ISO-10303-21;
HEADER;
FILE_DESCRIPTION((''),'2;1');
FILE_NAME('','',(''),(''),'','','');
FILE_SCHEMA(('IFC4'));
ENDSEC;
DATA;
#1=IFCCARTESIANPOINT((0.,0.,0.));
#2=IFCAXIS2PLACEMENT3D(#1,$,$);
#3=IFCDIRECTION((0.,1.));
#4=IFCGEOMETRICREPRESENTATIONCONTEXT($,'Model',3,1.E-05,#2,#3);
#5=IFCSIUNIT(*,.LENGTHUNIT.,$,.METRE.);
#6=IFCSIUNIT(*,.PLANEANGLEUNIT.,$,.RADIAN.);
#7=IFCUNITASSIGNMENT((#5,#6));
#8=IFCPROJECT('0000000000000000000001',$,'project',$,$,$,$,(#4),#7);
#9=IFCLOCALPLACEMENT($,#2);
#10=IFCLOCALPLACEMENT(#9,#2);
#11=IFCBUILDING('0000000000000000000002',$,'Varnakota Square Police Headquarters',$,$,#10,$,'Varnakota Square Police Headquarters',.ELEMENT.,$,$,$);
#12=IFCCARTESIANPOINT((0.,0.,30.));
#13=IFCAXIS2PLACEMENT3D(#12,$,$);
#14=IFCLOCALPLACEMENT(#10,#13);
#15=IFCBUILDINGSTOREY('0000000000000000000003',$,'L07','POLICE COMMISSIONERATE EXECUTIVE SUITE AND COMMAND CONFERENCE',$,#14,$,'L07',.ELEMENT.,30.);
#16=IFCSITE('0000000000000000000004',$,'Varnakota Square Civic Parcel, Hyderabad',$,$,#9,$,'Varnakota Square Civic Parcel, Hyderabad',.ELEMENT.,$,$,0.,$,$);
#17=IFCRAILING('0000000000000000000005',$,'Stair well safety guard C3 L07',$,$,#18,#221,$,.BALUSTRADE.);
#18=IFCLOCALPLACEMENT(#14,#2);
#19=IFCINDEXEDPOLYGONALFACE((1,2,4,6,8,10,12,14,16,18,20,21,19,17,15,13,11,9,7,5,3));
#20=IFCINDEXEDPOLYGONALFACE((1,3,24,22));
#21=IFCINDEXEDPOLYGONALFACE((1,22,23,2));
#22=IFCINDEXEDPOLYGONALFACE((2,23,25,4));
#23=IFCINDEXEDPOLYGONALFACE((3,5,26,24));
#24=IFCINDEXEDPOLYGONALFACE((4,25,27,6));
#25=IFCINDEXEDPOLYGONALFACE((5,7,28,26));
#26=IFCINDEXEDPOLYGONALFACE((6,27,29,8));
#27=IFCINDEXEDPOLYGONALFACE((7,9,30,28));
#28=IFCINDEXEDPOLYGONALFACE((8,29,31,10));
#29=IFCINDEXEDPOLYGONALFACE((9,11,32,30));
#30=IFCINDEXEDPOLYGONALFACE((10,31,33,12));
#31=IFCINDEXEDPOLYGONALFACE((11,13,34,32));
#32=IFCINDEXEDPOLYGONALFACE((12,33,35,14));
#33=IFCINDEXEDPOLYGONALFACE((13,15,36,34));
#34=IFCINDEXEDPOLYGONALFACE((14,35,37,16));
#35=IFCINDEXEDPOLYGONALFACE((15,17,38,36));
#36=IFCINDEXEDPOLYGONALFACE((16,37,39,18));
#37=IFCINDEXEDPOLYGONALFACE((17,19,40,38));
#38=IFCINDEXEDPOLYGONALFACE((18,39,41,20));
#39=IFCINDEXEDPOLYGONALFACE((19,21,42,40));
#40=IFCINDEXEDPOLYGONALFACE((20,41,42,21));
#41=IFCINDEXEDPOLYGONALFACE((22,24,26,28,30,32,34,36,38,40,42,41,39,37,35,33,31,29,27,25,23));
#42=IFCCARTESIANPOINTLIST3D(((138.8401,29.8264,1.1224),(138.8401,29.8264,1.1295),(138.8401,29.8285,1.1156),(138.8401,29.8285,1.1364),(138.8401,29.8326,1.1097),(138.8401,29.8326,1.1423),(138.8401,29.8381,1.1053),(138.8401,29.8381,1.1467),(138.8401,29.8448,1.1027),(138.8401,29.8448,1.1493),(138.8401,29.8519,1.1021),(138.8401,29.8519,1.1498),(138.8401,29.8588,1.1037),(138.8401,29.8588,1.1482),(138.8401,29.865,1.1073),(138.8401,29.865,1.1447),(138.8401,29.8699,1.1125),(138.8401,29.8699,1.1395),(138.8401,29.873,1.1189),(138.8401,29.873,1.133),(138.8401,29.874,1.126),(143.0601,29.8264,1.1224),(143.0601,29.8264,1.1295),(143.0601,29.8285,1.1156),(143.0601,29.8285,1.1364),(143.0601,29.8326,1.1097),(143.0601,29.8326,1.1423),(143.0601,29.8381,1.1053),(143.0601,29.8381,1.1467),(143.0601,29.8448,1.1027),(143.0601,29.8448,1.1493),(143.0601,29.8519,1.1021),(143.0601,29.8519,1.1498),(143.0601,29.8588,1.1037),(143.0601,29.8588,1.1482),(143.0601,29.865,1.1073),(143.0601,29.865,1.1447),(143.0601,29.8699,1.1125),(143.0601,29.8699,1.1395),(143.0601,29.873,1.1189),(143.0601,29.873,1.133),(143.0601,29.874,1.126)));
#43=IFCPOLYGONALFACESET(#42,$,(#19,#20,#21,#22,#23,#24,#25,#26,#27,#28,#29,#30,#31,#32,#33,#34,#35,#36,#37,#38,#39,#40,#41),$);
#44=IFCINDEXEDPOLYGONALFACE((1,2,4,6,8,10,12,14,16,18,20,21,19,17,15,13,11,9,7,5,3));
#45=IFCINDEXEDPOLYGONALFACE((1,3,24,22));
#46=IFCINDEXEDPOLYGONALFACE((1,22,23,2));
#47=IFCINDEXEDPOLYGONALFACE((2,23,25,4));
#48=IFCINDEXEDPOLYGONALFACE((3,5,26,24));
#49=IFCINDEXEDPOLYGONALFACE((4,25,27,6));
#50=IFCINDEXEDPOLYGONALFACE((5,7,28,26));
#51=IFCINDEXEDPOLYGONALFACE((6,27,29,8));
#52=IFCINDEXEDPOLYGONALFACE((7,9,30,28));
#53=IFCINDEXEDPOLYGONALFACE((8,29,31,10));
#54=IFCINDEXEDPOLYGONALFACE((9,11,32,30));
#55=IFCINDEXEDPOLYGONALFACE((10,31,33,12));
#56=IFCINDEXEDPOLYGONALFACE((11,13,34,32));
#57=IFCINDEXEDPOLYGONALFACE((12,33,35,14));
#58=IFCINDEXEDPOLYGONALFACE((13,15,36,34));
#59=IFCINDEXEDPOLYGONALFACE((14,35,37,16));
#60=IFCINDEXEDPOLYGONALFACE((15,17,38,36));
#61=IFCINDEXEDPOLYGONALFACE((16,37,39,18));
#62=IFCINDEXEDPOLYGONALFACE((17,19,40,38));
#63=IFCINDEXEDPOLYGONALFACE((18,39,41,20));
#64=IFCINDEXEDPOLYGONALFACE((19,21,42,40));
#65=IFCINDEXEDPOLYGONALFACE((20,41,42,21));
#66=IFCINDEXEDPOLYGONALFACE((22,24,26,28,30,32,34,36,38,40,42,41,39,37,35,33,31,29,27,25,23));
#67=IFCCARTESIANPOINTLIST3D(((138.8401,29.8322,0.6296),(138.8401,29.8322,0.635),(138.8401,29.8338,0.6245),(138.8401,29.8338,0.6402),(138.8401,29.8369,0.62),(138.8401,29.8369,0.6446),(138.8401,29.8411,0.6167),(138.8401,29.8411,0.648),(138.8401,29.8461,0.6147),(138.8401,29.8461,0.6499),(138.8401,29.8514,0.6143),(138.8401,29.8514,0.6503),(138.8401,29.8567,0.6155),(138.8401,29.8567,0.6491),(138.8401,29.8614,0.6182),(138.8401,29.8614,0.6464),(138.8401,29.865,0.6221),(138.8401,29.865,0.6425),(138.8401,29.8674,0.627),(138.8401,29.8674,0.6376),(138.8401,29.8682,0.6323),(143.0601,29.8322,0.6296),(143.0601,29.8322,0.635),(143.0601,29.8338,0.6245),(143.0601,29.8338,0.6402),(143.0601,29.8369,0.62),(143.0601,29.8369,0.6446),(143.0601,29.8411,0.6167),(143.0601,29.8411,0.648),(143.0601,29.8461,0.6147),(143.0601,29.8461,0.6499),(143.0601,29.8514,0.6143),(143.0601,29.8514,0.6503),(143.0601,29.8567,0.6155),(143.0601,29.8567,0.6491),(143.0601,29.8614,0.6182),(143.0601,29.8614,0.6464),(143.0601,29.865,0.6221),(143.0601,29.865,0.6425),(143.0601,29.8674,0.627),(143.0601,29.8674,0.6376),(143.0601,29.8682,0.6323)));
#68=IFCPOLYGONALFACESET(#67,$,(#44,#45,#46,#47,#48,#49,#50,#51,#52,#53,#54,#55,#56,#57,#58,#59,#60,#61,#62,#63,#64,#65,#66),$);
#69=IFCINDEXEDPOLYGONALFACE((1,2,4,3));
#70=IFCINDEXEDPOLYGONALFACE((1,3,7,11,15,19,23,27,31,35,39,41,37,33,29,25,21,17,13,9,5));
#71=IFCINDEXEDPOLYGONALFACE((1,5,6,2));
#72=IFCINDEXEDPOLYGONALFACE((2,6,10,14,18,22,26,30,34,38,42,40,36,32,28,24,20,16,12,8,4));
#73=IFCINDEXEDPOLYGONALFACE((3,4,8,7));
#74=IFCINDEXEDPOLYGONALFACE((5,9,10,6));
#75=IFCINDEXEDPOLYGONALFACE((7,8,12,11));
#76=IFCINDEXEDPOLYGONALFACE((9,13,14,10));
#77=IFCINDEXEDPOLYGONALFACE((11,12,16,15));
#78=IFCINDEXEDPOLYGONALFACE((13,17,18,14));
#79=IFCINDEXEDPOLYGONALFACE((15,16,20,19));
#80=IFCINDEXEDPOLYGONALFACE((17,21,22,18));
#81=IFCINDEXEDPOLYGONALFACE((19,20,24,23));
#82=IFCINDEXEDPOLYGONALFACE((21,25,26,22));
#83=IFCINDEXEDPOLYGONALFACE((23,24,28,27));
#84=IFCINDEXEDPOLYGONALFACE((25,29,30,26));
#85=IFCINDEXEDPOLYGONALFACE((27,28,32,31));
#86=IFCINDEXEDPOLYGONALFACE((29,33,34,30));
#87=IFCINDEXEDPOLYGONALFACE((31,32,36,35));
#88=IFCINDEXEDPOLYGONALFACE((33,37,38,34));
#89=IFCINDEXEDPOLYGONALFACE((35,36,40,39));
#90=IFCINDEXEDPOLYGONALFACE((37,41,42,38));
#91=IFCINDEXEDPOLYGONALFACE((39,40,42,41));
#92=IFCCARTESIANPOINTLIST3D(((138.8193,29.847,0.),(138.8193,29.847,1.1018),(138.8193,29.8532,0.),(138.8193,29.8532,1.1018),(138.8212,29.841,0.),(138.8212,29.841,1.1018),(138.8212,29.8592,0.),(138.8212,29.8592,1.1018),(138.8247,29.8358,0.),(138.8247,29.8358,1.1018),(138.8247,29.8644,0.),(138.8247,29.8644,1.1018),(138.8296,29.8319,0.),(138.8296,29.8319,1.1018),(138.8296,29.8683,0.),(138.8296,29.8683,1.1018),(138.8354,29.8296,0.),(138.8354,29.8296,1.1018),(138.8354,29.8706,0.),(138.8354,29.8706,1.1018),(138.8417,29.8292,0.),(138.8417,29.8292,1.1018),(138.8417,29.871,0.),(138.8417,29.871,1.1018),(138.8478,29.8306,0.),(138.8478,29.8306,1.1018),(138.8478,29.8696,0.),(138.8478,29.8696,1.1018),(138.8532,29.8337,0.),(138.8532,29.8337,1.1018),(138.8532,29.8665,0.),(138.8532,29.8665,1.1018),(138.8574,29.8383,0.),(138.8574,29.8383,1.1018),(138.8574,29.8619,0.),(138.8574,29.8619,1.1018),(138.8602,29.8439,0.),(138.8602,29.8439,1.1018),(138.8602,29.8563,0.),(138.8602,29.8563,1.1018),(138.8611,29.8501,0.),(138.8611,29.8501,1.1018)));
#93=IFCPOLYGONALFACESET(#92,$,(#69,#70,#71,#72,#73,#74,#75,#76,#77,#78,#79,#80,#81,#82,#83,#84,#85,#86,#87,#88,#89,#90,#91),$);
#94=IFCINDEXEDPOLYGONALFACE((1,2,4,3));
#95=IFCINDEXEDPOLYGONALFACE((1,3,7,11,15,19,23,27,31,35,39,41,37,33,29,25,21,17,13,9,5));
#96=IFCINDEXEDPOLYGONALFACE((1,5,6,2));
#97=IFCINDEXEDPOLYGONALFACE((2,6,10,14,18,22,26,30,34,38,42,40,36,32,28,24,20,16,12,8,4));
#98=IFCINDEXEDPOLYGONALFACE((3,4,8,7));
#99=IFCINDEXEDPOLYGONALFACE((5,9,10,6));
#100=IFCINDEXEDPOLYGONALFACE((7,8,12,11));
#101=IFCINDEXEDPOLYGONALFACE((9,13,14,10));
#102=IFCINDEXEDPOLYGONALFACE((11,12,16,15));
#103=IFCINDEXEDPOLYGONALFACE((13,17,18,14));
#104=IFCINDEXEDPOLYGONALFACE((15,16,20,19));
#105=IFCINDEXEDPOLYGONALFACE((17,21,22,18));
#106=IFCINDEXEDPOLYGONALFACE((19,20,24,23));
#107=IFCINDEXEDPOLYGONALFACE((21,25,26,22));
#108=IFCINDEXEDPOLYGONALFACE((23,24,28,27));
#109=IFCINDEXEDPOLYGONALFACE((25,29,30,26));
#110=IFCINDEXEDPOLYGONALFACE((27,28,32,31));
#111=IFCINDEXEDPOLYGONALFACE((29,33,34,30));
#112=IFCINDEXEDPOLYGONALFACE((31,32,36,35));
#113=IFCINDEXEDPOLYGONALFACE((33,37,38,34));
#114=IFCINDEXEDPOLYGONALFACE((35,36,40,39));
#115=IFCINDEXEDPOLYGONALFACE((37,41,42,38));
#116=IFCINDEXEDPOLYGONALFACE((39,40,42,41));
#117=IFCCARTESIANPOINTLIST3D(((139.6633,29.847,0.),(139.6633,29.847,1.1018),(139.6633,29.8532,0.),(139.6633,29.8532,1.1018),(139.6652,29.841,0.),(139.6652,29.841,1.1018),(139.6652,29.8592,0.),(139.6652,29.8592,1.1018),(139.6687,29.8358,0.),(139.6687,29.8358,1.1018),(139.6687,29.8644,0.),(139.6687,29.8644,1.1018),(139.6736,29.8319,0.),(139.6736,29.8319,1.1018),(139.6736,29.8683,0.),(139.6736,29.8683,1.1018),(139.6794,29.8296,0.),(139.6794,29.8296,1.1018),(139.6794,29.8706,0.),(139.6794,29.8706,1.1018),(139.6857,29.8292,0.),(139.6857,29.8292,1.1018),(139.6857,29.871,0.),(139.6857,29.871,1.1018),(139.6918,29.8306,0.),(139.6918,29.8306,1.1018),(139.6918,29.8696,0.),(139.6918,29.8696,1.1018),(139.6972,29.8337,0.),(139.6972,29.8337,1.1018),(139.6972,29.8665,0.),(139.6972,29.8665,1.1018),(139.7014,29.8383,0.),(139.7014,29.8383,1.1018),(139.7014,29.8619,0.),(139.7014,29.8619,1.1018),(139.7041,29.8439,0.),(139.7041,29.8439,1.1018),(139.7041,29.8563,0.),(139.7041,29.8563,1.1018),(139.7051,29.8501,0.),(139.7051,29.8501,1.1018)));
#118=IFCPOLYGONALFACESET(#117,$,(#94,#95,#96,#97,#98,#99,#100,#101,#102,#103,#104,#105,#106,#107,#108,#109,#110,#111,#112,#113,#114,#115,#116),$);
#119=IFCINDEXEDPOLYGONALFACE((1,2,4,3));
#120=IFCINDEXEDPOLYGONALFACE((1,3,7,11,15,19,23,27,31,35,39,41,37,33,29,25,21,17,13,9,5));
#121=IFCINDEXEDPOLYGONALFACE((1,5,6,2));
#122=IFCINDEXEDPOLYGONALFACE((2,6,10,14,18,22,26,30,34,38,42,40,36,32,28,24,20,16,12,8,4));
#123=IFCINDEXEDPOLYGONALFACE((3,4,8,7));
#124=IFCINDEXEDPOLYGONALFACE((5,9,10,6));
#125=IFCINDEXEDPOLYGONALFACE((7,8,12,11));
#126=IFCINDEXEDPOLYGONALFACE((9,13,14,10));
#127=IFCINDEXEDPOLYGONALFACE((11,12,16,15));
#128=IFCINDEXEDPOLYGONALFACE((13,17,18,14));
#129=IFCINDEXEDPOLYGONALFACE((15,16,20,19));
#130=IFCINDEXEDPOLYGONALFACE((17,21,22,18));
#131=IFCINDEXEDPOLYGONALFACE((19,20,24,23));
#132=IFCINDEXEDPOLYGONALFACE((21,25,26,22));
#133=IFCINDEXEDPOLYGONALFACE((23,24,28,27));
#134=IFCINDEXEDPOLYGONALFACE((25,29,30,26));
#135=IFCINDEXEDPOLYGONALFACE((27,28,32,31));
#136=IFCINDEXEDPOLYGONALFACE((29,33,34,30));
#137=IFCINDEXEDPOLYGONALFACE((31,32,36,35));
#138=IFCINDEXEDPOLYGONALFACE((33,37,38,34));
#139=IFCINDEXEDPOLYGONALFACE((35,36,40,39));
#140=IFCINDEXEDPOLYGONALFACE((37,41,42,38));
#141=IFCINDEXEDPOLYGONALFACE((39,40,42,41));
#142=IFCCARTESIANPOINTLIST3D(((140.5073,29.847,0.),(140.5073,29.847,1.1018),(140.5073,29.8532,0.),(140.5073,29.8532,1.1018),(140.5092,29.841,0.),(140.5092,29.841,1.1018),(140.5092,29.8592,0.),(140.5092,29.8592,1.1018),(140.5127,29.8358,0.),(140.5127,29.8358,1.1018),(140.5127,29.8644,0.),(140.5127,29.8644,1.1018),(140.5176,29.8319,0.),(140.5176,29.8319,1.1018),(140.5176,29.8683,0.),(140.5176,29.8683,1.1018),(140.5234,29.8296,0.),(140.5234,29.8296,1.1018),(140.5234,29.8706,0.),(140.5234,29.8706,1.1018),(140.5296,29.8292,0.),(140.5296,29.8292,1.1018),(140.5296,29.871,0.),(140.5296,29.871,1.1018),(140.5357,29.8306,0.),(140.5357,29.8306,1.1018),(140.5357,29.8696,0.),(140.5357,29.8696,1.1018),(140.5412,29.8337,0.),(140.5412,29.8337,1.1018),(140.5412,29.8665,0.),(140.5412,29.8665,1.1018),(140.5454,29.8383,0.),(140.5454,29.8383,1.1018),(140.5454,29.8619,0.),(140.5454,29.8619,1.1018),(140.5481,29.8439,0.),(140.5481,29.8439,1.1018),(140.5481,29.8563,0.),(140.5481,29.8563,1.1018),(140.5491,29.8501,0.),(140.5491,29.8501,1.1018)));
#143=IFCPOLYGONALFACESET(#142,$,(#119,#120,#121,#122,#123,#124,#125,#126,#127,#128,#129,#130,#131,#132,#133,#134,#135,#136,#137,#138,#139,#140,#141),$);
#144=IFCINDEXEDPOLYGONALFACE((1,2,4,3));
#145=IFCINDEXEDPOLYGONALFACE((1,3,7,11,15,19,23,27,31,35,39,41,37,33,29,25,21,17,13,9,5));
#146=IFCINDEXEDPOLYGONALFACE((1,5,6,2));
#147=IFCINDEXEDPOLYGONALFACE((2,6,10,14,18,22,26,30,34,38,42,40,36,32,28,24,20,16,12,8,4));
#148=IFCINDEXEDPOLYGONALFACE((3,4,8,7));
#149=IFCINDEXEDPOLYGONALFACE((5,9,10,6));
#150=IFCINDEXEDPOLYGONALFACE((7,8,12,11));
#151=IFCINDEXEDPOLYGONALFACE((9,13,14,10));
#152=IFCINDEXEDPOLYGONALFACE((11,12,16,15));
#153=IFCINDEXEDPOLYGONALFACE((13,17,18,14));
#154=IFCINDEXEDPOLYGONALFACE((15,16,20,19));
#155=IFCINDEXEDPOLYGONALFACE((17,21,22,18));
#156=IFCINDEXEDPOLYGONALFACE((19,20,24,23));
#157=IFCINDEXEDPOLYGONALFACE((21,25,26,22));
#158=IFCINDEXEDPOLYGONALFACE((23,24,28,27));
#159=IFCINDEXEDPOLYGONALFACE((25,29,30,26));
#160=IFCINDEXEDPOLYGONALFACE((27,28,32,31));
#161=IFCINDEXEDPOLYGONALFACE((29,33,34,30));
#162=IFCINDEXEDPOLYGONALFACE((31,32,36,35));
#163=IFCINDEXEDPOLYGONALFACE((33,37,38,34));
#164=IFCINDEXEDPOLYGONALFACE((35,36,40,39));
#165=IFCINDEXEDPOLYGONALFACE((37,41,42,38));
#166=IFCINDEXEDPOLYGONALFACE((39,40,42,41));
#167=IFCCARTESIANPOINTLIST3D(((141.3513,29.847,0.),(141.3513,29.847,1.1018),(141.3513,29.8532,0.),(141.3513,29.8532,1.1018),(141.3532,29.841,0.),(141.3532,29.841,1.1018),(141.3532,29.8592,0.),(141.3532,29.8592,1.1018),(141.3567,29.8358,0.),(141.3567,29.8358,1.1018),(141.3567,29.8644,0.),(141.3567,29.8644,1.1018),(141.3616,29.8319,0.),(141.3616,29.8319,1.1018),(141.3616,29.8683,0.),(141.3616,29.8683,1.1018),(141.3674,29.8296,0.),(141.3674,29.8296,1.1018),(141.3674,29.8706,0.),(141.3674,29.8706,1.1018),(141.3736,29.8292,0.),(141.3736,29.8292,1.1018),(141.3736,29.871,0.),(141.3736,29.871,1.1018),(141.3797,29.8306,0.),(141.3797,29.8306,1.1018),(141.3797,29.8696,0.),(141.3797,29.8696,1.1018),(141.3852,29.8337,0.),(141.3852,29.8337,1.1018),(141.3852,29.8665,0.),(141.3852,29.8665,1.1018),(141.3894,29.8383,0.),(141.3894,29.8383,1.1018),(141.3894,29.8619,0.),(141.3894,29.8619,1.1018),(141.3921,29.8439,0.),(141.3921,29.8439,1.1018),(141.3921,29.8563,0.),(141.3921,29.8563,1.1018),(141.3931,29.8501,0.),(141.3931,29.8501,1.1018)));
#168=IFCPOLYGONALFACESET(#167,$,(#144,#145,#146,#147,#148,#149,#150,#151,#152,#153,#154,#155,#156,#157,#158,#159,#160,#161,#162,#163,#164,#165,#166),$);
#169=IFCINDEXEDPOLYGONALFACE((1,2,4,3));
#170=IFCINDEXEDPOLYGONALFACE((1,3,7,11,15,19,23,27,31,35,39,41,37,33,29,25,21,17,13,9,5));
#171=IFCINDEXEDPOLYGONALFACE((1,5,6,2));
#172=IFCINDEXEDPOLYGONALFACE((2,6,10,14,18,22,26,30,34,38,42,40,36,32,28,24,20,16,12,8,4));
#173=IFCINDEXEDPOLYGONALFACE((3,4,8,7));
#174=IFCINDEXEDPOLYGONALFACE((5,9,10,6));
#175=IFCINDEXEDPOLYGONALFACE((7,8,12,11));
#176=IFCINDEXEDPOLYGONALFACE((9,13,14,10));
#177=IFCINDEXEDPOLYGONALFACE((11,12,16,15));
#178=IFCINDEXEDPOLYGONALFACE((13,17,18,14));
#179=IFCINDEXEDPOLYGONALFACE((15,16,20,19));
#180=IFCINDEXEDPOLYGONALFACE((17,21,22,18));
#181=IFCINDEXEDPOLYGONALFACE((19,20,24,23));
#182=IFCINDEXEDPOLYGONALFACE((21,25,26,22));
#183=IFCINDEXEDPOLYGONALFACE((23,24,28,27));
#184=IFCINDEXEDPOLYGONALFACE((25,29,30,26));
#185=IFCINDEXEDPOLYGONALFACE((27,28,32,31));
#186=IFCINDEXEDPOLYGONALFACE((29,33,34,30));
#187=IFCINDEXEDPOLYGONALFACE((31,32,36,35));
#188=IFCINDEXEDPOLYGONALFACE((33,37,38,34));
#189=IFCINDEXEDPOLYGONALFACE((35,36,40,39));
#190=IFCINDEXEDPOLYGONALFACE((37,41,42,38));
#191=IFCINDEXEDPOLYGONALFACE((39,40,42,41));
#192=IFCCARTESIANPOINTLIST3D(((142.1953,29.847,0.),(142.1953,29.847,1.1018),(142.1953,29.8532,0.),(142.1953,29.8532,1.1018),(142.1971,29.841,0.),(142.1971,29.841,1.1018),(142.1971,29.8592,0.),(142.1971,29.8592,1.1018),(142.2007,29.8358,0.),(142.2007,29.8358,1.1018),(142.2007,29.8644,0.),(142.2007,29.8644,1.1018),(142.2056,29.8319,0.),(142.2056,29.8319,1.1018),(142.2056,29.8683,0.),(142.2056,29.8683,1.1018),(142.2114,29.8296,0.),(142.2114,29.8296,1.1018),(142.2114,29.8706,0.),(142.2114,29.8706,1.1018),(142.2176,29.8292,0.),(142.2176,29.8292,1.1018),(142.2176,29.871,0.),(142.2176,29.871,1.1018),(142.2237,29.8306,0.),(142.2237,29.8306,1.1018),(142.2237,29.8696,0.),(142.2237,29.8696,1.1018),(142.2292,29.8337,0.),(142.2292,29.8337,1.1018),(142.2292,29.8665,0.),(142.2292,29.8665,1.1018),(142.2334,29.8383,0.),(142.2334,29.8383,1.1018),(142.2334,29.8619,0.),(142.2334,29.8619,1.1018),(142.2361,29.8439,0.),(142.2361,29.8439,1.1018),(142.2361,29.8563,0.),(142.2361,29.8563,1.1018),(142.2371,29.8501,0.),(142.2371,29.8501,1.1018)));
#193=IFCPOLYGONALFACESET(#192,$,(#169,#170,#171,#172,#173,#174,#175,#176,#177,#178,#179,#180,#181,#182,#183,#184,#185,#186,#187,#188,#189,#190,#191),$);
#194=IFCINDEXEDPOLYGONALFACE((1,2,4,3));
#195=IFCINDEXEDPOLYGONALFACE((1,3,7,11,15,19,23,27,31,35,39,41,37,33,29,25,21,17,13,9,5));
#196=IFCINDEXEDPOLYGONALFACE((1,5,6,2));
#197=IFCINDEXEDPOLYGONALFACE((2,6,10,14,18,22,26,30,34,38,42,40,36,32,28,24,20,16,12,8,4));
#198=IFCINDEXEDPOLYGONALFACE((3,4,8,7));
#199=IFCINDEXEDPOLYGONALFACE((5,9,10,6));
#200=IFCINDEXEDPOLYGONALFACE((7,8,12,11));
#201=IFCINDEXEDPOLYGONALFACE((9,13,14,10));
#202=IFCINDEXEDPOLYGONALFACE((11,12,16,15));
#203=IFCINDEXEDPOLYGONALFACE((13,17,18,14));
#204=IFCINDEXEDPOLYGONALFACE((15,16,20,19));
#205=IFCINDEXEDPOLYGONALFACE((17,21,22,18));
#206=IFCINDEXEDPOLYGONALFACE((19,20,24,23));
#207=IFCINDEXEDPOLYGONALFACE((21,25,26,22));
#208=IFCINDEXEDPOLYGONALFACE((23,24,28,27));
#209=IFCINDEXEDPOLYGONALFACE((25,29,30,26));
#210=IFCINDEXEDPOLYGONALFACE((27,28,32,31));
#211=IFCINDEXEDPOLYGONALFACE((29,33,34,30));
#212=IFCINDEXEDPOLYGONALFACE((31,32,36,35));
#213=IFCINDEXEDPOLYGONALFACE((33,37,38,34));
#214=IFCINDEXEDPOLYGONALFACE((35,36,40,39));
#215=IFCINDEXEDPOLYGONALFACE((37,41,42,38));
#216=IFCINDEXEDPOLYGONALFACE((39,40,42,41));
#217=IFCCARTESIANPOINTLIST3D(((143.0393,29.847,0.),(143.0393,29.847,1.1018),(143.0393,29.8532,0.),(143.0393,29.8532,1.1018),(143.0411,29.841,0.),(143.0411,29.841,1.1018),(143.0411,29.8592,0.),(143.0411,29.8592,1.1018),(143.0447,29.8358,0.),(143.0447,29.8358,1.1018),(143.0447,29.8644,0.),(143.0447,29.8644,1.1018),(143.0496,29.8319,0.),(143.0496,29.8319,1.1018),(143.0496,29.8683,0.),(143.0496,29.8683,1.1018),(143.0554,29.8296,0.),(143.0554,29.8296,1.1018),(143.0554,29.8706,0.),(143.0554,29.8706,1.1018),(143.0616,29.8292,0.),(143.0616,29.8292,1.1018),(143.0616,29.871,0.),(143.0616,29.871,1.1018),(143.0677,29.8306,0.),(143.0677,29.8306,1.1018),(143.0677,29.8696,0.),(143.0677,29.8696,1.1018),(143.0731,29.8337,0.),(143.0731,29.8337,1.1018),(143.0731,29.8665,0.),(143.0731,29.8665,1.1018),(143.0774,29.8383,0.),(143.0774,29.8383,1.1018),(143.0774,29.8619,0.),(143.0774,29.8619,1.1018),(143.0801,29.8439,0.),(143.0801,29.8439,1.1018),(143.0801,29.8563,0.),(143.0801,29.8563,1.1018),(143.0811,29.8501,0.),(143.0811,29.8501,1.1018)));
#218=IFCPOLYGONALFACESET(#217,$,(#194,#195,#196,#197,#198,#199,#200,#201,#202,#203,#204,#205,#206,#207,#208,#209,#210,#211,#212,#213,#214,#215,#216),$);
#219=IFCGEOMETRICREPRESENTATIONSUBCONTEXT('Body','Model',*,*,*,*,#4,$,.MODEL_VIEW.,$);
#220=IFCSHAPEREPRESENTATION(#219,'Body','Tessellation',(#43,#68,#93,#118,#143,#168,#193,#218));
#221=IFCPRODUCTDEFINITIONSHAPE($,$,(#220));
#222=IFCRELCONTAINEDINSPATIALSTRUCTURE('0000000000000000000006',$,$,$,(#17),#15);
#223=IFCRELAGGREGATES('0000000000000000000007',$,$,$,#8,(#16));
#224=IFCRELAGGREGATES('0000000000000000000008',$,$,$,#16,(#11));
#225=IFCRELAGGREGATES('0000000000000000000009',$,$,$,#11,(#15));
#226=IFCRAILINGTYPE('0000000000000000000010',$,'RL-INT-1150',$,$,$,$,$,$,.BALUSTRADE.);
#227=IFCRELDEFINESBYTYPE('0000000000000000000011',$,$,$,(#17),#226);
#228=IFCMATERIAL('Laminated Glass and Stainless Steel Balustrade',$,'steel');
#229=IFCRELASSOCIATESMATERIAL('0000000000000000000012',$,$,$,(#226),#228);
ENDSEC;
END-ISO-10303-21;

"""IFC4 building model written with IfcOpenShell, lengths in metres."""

from ifc_helpers import new_model, si_unit, direction, frame, origin, origin_2d, place, context, subcontext, project, spatial, circle, extrude, material, type_object, element, save


model = new_model("IFC4")

# Units and contexts
model_context = context("Model", 3, precision=1e-05, world=origin(), true_north=direction((0.0, 1.0)))
body_context = subcontext(model_context, "Body", "Model", "MODEL_VIEW")
ifc_project = project(units=[si_unit("LENGTHUNIT", "METRE"), si_unit("PLANEANGLEUNIT", "RADIAN")], contexts=[model_context])

# Site, building, storey
site_placement = place(None, origin())
site = spatial("IfcSite", under=ifc_project, at=site_placement, Name="Varnakota Square Civic Parcel, Hyderabad", LongName="Varnakota Square Civic Parcel, Hyderabad", CompositionType="ELEMENT", RefElevation=0.0)
building_placement = place(site_placement, origin())
building = spatial("IfcBuilding", under=site, at=building_placement, Name="Varnakota Square Police Headquarters", LongName="Varnakota Square Police Headquarters", CompositionType="ELEMENT")
storey_placement = place(building_placement, frame((0.0, 0.0, 30.0)))
storey = spatial("IfcBuildingStorey", under=building, at=storey_placement, Name="L07", Description="POLICE COMMISSIONERATE EXECUTIVE SUITE AND COMMAND CONFERENCE", LongName="L07", CompositionType="ELEMENT", Elevation=30.0)

# Railing
ifc_material_1 = material(Name="Laminated Glass and Stainless Steel Balustrade", Category="steel")
railing_type = type_object("IfcRailingType", Name="RL-INT-1150", PredefinedType="BALUSTRADE", material=ifc_material_1)
railing_placement = place(storey_placement, frame((138.8401, 29.8501, 0.0)))
element("IfcRailing", 1, at=railing_placement, inside=storey, type_object=railing_type, Name="Stair well safety guard C3 L07", PredefinedType="BALUSTRADE", context=body_context, shape_type="SweptSolid", body=[
    extrude(circle(Radius=0.0239, at=origin_2d()), frame((0.0, 0.0, 1.126), z_axis=(1.0, 0.0, 0.0), x_axis=(0.0, 1.0, 0.0)), (0.0, 0.0, 1.0), 4.22),
    extrude(circle(Radius=0.0181, at=origin_2d()), frame((0.0, 0.0, 0.6323), z_axis=(1.0, 0.0, 0.0), x_axis=(0.0, 1.0, 0.0)), (0.0, 0.0, 1.0), 4.22),
    extrude(circle(Radius=0.021, at=origin_2d()), origin(), (0.0, 0.0, 1.0), 1.1018),
    extrude(circle(Radius=0.021, at=origin_2d()), frame((0.844, 0.0, 0.0)), (0.0, 0.0, 1.0), 1.1018),
    extrude(circle(Radius=0.021, at=origin_2d()), frame((1.688, 0.0, 0.0)), (0.0, 0.0, 1.0), 1.1018),
    extrude(circle(Radius=0.021, at=origin_2d()), frame((2.532, 0.0, 0.0)), (0.0, 0.0, 1.0), 1.1018),
    extrude(circle(Radius=0.021, at=origin_2d()), frame((3.376, 0.0, 0.0)), (0.0, 0.0, 1.0), 1.1018),
    extrude(circle(Radius=0.021, at=origin_2d()), frame((4.22, 0.0, 0.0)), (0.0, 0.0, 1.0), 1.1018),
])

save(model, "model.ifc")
